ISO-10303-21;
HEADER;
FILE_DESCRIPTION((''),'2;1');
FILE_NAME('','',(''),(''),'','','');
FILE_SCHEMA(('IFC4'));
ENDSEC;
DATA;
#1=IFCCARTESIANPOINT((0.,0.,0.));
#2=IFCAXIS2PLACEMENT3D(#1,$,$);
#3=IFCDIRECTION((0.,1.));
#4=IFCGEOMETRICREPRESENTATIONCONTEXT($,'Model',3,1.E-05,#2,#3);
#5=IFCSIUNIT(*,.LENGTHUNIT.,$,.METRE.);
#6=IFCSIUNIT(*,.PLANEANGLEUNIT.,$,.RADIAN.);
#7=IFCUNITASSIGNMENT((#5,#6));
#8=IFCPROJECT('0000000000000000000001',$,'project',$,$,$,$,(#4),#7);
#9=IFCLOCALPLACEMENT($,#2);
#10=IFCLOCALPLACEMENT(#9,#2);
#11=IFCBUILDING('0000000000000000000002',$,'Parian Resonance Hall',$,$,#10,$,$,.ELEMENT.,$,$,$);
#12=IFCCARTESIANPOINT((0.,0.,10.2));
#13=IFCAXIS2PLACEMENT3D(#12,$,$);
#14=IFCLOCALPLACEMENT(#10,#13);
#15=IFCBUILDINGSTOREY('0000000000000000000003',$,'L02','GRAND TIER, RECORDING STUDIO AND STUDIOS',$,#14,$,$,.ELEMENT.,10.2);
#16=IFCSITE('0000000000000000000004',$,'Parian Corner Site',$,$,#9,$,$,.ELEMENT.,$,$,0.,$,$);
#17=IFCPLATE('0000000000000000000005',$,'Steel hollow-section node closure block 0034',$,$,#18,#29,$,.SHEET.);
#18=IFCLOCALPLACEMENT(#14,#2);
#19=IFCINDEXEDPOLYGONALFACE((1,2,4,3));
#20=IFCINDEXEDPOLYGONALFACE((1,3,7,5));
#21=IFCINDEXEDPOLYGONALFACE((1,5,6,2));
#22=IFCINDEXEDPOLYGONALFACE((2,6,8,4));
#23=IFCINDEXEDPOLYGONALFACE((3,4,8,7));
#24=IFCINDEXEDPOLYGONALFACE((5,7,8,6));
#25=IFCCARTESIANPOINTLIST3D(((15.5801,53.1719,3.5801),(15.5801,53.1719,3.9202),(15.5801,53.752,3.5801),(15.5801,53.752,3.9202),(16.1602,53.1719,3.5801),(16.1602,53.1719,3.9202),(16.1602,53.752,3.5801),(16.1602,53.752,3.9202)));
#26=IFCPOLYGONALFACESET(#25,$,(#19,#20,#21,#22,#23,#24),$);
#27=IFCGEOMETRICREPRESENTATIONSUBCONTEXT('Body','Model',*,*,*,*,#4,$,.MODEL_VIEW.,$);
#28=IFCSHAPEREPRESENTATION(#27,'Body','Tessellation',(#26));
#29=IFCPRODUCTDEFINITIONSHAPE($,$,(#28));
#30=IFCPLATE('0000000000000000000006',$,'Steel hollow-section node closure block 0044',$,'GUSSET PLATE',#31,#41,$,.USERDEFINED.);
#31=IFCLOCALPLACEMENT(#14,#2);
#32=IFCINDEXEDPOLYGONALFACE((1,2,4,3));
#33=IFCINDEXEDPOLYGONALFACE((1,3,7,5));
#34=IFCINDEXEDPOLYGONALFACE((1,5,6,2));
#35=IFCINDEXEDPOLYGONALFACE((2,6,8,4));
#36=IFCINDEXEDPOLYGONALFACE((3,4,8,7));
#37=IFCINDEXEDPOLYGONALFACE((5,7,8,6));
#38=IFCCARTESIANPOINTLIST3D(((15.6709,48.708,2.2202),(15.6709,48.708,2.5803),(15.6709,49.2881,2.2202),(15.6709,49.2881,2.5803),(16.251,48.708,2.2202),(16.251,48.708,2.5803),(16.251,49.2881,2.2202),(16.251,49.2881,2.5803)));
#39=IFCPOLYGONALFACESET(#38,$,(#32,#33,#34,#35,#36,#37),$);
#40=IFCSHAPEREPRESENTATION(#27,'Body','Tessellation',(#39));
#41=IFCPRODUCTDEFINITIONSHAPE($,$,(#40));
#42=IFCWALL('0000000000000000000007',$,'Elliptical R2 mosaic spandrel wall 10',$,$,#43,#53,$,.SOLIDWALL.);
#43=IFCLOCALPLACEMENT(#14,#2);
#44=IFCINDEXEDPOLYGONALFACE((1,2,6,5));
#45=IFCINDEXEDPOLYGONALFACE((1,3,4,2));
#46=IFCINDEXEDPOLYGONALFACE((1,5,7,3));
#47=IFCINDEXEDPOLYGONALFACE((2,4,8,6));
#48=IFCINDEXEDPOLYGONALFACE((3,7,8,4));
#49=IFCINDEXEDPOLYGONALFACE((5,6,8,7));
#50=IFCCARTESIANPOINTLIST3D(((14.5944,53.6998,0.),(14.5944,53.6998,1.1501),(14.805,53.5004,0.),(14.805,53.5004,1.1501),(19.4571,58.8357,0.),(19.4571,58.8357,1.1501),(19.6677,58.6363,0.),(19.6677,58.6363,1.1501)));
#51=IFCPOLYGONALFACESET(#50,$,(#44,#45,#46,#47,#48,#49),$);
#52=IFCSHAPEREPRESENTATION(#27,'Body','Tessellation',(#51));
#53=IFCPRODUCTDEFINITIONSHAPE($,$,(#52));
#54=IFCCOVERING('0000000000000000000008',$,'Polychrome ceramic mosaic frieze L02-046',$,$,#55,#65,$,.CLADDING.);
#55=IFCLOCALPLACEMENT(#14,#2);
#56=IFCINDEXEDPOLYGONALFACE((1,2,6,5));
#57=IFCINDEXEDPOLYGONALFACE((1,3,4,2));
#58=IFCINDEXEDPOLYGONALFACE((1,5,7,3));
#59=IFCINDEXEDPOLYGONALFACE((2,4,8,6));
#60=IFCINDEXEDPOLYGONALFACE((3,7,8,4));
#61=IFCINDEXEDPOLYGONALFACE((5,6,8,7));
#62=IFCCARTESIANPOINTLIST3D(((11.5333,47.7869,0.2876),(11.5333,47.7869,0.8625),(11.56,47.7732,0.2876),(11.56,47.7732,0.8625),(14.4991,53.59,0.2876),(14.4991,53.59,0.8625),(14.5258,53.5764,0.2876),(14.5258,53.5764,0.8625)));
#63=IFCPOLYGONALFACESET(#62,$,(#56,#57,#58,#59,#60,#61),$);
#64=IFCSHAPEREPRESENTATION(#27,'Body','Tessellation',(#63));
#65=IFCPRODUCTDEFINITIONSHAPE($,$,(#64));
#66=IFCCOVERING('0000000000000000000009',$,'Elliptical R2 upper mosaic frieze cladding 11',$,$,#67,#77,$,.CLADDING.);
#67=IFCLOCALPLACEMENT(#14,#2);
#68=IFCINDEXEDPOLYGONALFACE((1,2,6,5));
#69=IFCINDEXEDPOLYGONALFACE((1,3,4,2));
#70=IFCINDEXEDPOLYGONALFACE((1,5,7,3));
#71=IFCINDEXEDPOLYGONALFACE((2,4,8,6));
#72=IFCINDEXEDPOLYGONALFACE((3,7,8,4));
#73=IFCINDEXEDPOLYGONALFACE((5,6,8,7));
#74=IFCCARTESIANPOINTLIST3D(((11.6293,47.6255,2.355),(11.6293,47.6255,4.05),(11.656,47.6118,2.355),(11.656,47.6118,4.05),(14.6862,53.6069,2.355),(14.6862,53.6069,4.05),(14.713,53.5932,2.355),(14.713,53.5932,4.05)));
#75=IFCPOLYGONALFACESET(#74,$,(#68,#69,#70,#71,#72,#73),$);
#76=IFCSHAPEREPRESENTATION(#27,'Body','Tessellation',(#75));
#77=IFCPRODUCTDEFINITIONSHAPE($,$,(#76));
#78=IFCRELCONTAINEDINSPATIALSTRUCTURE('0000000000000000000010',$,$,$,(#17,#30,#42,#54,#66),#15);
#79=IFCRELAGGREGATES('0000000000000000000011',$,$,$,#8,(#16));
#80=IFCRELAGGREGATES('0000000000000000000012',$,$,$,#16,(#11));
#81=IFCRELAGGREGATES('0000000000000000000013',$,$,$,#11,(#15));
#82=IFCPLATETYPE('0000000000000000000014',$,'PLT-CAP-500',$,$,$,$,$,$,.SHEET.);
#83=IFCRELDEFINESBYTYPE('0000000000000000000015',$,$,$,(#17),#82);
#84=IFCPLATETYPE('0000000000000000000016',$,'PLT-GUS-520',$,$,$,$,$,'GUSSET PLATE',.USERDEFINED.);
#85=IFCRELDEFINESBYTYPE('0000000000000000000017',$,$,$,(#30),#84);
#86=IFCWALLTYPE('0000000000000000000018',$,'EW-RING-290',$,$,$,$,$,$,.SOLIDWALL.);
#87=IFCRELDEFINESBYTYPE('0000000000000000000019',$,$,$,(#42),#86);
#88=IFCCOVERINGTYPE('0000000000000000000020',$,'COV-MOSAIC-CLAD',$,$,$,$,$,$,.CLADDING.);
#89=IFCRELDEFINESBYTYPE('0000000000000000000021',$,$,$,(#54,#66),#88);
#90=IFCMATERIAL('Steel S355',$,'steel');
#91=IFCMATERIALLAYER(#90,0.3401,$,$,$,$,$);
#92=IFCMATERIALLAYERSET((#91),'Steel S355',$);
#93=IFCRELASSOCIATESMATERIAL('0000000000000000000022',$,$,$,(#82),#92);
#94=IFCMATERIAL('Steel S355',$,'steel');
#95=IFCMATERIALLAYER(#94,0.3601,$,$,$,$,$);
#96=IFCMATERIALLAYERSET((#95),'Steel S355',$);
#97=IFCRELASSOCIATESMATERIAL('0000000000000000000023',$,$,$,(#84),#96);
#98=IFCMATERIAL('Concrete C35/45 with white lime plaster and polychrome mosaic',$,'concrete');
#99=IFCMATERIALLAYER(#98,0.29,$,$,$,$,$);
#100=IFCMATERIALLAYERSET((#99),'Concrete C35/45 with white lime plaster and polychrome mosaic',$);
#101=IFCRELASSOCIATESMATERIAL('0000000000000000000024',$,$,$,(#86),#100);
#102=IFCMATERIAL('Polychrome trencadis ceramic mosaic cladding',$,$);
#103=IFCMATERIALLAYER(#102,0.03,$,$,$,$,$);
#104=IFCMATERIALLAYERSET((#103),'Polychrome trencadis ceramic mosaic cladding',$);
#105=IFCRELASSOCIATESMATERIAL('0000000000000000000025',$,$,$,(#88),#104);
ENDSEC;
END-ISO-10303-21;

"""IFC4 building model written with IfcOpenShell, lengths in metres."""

from ifc_helpers import new_model, si_unit, direction, frame, frame_2d, origin, origin_2d, place, context, subcontext, project, spatial, rectangle, extrude, material, layer, layer_set, type_object, element, save


model = new_model("IFC4")

# Units and contexts
model_context = context("Model", 3, precision=1e-05, world=origin(), true_north=direction((0.0, 1.0)))
body_context = subcontext(model_context, "Body", "Model", "MODEL_VIEW")
ifc_project = project(units=[si_unit("LENGTHUNIT", "METRE"), si_unit("PLANEANGLEUNIT", "RADIAN")], contexts=[model_context])

# Site, building, storey
site_placement = place(None, origin())
site = spatial("IfcSite", under=ifc_project, at=site_placement, Name="Parian Corner Site", CompositionType="ELEMENT", RefElevation=0.0)
building_placement = place(site_placement, origin())
building = spatial("IfcBuilding", under=site, at=building_placement, Name="Parian Resonance Hall", CompositionType="ELEMENT")
storey_placement = place(building_placement, frame((0.0, 0.0, 10.2)))
storey = spatial("IfcBuildingStorey", under=building, at=storey_placement, Name="L02", Description="GRAND TIER, RECORDING STUDIO AND STUDIOS", CompositionType="ELEMENT", Elevation=10.2)

# Plates
ifc_material_1 = material(Name="Steel S355", Category="steel")
ifc_layer_1 = layer(ifc_material_1, 0.3401)
ifc_layer_set_1 = layer_set([ifc_layer_1], Name="Steel S355")
plate_type_1 = type_object("IfcPlateType", Name="PLT-CAP-500", PredefinedType="SHEET", material=ifc_layer_set_1)
for number, where, z_axis, x_axis, name in (
    (1, (15.8701, 53.4619, 3.5801), (0.0, 0.0, 1.0), (1.0, 0.0, 0.0), "Steel hollow-section node closure block 0034"),
):
    element("IfcPlate", number, at=place(storey_placement, frame(where, z_axis=z_axis, x_axis=x_axis)), inside=storey, type_object=plate_type_1, Name=name, PredefinedType="SHEET", context=body_context, shape_type="SweptSolid", body=[
        extrude(rectangle(XDim=0.5801, YDim=0.5801, at=origin_2d()), origin(), (0.0, 0.0, 1.0), 0.3401),
    ])
ifc_material_2 = material(Name="Steel S355", Category="steel")
ifc_layer_2 = layer(ifc_material_2, 0.3601)
ifc_layer_set_2 = layer_set([ifc_layer_2], Name="Steel S355")
plate_type_2 = type_object("IfcPlateType", Name="PLT-GUS-520", ElementType="GUSSET PLATE", PredefinedType="USERDEFINED", material=ifc_layer_set_2)
plate_1_placement = place(storey_placement, frame((15.9609, 48.998, 2.2202), z_axis=(0.0, 0.0, 1.0), x_axis=(1.0, 0.0, 0.0)))
element("IfcPlate", 2, at=plate_1_placement, inside=storey, type_object=plate_type_2, Name="Steel hollow-section node closure block 0044", ObjectType="GUSSET PLATE", PredefinedType="USERDEFINED", context=body_context, shape_type="SweptSolid", body=[
    extrude(rectangle(XDim=0.5801, YDim=0.5801, at=origin_2d()), origin(), (0.0, 0.0, 1.0), 0.3601),
])

# Wall
ifc_material_3 = material(Name="Concrete C35/45 with white lime plaster and polychrome mosaic", Category="concrete")
ifc_layer_3 = layer(ifc_material_3, 0.29)
ifc_layer_set_3 = layer_set([ifc_layer_3], Name="Concrete C35/45 with white lime plaster and polychrome mosaic")
wall_type = type_object("IfcWallType", Name="EW-RING-290", PredefinedType="SOLIDWALL", material=ifc_layer_set_3)
wall_placement = place(storey_placement, frame((14.6997, 53.6001, 0.0), z_axis=(0.0, 0.0, 1.0), x_axis=(0.68753, 0.726156, 0.0)))
element("IfcWall", 3, at=wall_placement, inside=storey, type_object=wall_type, Name="Elliptical R2 mosaic spandrel wall 10", PredefinedType="SOLIDWALL", context=body_context, shape_type="SweptSolid", body=[
    extrude(rectangle(XDim=7.0728, YDim=0.29, at=frame_2d((3.5364, 0.0))), origin(), (0.0, 0.0, 1.0), 1.1501),
])

# Coverings
ifc_material_4 = material(Name="Polychrome trencadis ceramic mosaic cladding")
ifc_layer_4 = layer(ifc_material_4, 0.03)
ifc_layer_set_4 = layer_set([ifc_layer_4], Name="Polychrome trencadis ceramic mosaic cladding")
covering_type = type_object("IfcCoveringType", Name="COV-MOSAIC-CLAD", PredefinedType="CLADDING", material=ifc_layer_set_4)
covering_1_placement = place(storey_placement, frame((13.0295, 50.6816, 0.2876), z_axis=(0.0, 0.0, 1.0), x_axis=(0.455087, 0.890447, 0.0)))
element("IfcCovering", 4, at=covering_1_placement, inside=storey, type_object=covering_type, Name="Polychrome ceramic mosaic frieze L02-046", PredefinedType="CLADDING", context=body_context, shape_type="SweptSolid", body=[
    extrude(rectangle(XDim=6.5171, YDim=0.03, at=origin_2d()), origin(), (0.0, 0.0, 1.0), 0.575),
])
covering_2_placement = place(storey_placement, frame((13.1711, 50.6094, 2.355), z_axis=(0.0, 0.0, 1.0), x_axis=(0.455087, 0.890447, 0.0)))
element("IfcCovering", 5, at=covering_2_placement, inside=storey, type_object=covering_type, Name="Elliptical R2 upper mosaic frieze cladding 11", PredefinedType="CLADDING", context=body_context, shape_type="SweptSolid", body=[
    extrude(rectangle(XDim=6.7173, YDim=0.03, at=origin_2d()), origin(), (0.0, 0.0, 1.0), 1.6951),
])

save(model, "model.ifc")
